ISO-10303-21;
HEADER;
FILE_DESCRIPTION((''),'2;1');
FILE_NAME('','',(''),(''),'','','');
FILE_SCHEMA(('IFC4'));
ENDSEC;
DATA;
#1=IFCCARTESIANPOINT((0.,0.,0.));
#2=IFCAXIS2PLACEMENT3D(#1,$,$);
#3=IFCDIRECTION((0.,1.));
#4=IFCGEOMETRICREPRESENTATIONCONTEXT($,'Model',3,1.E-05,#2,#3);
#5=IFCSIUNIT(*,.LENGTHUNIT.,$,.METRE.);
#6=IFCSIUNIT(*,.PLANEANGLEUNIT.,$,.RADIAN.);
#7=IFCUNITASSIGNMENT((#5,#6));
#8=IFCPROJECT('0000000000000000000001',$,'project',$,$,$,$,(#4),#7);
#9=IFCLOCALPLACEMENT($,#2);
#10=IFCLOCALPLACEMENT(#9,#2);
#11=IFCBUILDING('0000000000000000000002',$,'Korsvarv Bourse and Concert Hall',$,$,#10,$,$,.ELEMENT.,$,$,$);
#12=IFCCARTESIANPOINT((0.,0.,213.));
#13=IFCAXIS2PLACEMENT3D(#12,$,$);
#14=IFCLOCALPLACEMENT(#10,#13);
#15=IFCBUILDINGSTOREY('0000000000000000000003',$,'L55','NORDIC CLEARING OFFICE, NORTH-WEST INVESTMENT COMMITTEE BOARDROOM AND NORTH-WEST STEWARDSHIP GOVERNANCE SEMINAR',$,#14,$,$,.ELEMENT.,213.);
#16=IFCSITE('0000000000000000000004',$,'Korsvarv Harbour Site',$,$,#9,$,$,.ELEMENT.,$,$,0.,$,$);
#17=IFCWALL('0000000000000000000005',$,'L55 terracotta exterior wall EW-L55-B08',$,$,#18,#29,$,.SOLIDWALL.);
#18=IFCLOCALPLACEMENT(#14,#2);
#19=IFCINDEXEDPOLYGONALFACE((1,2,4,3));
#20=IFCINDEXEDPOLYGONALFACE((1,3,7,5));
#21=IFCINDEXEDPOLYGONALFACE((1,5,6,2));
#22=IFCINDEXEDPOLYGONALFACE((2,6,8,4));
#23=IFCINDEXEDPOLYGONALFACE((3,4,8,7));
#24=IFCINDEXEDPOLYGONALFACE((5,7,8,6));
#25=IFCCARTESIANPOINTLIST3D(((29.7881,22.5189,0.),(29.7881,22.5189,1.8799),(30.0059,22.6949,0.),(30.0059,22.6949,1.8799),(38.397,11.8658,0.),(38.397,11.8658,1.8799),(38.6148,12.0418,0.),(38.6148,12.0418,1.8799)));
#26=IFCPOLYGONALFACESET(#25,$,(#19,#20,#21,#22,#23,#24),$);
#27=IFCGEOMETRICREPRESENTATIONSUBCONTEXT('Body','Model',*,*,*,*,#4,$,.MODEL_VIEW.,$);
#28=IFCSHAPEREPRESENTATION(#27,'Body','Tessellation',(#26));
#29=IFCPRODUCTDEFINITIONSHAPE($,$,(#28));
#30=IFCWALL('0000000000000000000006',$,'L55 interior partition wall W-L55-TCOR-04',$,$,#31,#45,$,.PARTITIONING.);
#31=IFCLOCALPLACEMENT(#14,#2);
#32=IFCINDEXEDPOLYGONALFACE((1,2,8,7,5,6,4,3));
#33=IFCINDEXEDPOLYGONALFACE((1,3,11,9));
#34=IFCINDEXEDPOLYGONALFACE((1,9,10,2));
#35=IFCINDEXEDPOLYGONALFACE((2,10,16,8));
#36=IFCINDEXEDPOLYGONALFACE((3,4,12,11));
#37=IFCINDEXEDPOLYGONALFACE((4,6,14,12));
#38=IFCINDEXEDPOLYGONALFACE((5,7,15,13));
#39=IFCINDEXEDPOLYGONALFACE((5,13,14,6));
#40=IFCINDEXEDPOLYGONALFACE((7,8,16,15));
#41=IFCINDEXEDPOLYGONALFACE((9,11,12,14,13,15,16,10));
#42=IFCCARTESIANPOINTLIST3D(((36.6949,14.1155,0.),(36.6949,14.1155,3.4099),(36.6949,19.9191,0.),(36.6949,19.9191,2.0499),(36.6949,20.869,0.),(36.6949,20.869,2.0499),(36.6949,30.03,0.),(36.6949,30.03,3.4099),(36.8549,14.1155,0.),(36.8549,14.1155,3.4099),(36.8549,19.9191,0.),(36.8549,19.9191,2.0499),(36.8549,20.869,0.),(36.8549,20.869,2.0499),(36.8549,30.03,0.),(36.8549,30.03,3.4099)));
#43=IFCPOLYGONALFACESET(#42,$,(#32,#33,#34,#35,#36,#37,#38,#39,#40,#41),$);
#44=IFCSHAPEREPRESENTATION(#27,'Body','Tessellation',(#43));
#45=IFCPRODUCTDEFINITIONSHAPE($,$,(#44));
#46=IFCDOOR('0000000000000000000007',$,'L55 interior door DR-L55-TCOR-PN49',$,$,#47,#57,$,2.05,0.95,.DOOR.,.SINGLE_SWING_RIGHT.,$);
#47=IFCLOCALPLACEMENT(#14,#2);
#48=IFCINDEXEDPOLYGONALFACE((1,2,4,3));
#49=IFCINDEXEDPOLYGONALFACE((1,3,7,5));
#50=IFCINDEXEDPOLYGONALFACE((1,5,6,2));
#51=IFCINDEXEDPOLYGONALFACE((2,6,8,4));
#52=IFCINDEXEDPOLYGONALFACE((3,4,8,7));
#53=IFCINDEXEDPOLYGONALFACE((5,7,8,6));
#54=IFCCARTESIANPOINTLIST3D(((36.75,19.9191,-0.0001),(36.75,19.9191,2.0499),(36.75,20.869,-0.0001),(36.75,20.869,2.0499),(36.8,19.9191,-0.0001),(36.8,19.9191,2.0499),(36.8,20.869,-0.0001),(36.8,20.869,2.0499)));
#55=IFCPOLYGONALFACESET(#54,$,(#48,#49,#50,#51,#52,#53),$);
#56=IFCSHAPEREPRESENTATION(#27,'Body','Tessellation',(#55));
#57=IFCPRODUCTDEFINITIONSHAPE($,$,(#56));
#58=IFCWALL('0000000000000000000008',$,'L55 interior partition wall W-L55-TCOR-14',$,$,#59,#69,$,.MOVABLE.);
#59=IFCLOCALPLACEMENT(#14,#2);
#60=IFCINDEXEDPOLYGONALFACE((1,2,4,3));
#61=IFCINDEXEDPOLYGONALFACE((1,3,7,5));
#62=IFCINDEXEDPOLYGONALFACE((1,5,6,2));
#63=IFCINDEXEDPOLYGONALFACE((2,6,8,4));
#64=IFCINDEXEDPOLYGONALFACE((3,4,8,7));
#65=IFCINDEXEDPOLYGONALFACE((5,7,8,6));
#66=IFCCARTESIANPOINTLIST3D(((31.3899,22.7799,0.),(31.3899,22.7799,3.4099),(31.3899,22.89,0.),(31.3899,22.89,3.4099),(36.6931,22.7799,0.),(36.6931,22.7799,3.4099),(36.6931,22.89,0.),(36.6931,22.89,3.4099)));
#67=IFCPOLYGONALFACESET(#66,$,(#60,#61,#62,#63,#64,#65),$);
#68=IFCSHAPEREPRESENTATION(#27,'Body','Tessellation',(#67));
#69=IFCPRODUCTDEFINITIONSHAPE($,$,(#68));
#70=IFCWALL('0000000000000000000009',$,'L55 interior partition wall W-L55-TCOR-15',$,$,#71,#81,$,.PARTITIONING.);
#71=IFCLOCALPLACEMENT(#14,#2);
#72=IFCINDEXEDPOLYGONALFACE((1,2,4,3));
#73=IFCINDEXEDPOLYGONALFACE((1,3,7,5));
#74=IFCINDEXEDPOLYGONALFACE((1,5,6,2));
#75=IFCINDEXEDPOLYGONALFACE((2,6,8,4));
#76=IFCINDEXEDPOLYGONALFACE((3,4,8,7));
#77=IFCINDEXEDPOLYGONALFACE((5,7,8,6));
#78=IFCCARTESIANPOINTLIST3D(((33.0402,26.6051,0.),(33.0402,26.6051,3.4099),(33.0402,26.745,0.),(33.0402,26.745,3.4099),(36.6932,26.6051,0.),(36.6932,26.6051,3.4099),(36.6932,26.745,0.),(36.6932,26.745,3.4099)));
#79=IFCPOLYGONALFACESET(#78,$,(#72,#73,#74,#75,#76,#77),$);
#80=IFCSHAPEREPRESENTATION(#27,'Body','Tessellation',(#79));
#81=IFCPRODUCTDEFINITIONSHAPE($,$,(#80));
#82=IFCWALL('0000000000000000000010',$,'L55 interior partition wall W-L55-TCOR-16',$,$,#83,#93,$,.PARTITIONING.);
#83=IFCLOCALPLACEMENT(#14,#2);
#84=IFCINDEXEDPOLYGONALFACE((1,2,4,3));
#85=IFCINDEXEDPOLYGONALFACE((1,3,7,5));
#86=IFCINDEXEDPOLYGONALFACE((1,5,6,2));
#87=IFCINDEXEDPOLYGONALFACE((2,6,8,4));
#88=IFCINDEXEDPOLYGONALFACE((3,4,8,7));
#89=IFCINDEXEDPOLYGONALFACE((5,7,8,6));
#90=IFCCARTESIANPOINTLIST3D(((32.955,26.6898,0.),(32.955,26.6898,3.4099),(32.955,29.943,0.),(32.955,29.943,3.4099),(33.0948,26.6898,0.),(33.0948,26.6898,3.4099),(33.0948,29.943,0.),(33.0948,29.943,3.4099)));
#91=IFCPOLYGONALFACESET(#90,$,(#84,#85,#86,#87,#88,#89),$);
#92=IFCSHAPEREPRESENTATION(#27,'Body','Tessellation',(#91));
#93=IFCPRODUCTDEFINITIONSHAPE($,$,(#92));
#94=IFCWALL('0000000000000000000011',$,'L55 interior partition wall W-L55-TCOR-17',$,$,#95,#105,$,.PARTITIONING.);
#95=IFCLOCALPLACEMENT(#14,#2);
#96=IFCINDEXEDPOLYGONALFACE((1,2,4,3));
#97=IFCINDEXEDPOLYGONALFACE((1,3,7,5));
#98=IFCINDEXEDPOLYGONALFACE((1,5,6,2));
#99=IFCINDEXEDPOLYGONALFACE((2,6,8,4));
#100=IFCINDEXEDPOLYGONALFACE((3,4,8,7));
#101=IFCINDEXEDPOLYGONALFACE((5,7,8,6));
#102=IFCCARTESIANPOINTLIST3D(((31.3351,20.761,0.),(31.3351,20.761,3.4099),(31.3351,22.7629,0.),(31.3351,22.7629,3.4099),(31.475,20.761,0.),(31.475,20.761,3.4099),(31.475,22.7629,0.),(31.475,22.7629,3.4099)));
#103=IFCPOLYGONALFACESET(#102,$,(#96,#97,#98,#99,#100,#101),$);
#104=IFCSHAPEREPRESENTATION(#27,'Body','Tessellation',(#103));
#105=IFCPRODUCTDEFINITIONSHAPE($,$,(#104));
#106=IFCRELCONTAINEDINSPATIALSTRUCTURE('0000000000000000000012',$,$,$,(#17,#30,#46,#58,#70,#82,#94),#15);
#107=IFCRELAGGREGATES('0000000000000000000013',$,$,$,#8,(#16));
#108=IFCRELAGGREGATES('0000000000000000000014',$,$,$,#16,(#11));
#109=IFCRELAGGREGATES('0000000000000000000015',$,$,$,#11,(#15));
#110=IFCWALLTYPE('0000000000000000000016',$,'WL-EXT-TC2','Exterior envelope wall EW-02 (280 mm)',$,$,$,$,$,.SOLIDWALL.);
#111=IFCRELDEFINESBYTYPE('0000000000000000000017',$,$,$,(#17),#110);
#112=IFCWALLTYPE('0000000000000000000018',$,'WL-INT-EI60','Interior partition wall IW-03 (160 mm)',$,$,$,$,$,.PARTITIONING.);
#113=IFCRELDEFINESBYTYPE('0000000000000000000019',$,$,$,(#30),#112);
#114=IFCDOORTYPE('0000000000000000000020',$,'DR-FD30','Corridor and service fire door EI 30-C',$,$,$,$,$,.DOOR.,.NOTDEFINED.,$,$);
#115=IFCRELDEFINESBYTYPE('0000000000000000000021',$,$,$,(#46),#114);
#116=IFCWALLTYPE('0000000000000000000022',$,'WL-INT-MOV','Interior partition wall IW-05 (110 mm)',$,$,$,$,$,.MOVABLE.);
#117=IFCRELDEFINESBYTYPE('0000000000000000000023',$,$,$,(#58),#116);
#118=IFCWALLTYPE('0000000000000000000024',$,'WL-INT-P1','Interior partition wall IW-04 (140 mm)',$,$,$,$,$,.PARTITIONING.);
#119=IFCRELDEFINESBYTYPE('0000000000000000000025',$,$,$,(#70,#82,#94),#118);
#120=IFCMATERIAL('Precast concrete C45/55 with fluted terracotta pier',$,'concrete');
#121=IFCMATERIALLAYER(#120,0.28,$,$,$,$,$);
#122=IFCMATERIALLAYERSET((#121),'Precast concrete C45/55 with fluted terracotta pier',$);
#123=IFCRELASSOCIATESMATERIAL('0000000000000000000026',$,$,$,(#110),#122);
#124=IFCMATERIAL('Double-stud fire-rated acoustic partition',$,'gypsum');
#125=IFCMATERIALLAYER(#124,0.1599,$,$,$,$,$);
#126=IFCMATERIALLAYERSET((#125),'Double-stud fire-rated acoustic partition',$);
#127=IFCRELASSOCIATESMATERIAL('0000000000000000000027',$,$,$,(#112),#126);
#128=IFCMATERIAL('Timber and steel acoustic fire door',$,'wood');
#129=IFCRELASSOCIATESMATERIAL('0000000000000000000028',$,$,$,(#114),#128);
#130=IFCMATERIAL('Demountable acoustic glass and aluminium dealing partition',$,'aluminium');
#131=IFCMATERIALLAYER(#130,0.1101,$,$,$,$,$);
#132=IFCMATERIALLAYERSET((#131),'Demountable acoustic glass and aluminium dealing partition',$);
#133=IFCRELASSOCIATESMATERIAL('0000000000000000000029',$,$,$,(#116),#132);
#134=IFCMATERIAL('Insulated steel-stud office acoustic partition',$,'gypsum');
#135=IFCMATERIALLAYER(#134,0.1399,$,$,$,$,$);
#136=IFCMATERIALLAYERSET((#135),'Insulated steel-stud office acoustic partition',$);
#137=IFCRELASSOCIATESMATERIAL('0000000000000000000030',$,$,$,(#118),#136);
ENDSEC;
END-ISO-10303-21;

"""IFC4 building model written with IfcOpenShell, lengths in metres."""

from ifc_helpers import new_model, si_unit, direction, frame, frame_2d, origin, place, context, subcontext, project, spatial, rectangle, extrude, material, layer, layer_set, type_object, element, fill, save


model = new_model("IFC4")

# Units and contexts
model_context = context("Model", 3, precision=1e-05, world=origin(), true_north=direction((0.0, 1.0)))
body_context = subcontext(model_context, "Body", "Model", "MODEL_VIEW")
ifc_project = project(units=[si_unit("LENGTHUNIT", "METRE"), si_unit("PLANEANGLEUNIT", "RADIAN")], contexts=[model_context])

# Site, building, storey
site_placement = place(None, origin())
site = spatial("IfcSite", under=ifc_project, at=site_placement, Name="Korsvarv Harbour Site", CompositionType="ELEMENT", RefElevation=0.0)
building_placement = place(site_placement, origin())
building = spatial("IfcBuilding", under=site, at=building_placement, Name="Korsvarv Bourse and Concert Hall", CompositionType="ELEMENT")
storey_placement = place(building_placement, frame((0.0, 0.0, 213.0)))
storey = spatial("IfcBuildingStorey", under=building, at=storey_placement, Name="L55", Description="NORDIC CLEARING OFFICE, NORTH-WEST INVESTMENT COMMITTEE BOARDROOM AND NORTH-WEST STEWARDSHIP GOVERNANCE SEMINAR", CompositionType="ELEMENT", Elevation=213.0)

# Wall
ifc_material_1 = material(Name="Precast concrete C45/55 with fluted terracotta pier", Category="concrete")
ifc_layer_1 = layer(ifc_material_1, 0.28)
ifc_layer_set_1 = layer_set([ifc_layer_1], Name="Precast concrete C45/55 with fluted terracotta pier")
wall_type_1 = type_object("IfcWallType", Name="WL-EXT-TC2", Description="Exterior envelope wall EW-02 (280 mm)", PredefinedType="SOLIDWALL", material=ifc_layer_set_1)
wall_1_placement = place(storey_placement, frame((29.897, 22.6069, 0.0), z_axis=(0.0, 0.0, 1.0), x_axis=(0.628535, -0.777781, 0.0)))
element("IfcWall", 1, at=wall_1_placement, inside=storey, type_object=wall_type_1, Name="L55 terracotta exterior wall EW-L55-B08", PredefinedType="SOLIDWALL", context=body_context, shape_type="SweptSolid", body=[
    extrude(rectangle(XDim=13.6968, YDim=0.28, at=frame_2d((6.8484, 0.0))), origin(), (0.0, 0.0, 1.0), 1.8799),
])

# Wall, opening, door
ifc_material_2 = material(Name="Double-stud fire-rated acoustic partition", Category="gypsum")
ifc_layer_2 = layer(ifc_material_2, 0.1599)
ifc_layer_set_2 = layer_set([ifc_layer_2], Name="Double-stud fire-rated acoustic partition")
wall_type_2 = type_object("IfcWallType", Name="WL-INT-EI60", Description="Interior partition wall IW-03 (160 mm)", PredefinedType="PARTITIONING", material=ifc_layer_set_2)
wall_2_placement = place(storey_placement, frame((36.7749, 14.1155, 0.0), z_axis=(0.0, 0.0, 1.0), x_axis=(0.0, 1.0, 0.0)))
wall_2 = element("IfcWall", 2, at=wall_2_placement, inside=storey, type_object=wall_type_2, Name="L55 interior partition wall W-L55-TCOR-04", PredefinedType="PARTITIONING", context=body_context, shape_type="SweptSolid", body=[
    extrude(rectangle(XDim=15.9146, YDim=0.1599, at=frame_2d((7.9573, 0.0))), origin(), (0.0, 0.0, 1.0), 3.4099),
])
opening_placement = place(wall_2_placement, frame((5.8035, 0.0, 0.0)))
opening = element("IfcOpeningElement", 3, at=opening_placement, cuts=wall_2, PredefinedType="OPENING", context=body_context, shape_type="SweptSolid", body=[
    extrude(rectangle(XDim=0.95, YDim=2.05, at=frame_2d((0.4751, 1.0249))), frame((0.0, 0.0898, 0.0), z_axis=(0.0, -1.0, 0.0), x_axis=(1.0, 0.0, 0.0)), (0.0, 0.0, 1.0), 0.1799),
])
ifc_material_3 = material(Name="Timber and steel acoustic fire door", Category="wood")
door_type = type_object("IfcDoorType", Name="DR-FD30", Description="Corridor and service fire door EI 30-C", OperationType="NOTDEFINED", PredefinedType="DOOR", material=ifc_material_3)
door_placement = place(opening_placement, origin())
door = element("IfcDoor", 4, at=door_placement, inside=storey, type_object=door_type, Name="L55 interior door DR-L55-TCOR-PN49", OperationType="SINGLE_SWING_RIGHT", OverallHeight=2.05, OverallWidth=0.95, PredefinedType="DOOR", context=body_context, shape_type="SweptSolid", body=[
    extrude(rectangle(XDim=0.95, YDim=2.05, at=frame_2d((0.4751, 1.0249))), frame((0.0, 0.0249, 0.0), z_axis=(0.0, -1.0, 0.0), x_axis=(1.0, 0.0, 0.0)), (0.0, 0.0, 1.0), 0.05),
])
fill(opening, door)

# Walls
ifc_material_4 = material(Name="Demountable acoustic glass and aluminium dealing partition", Category="aluminium")
ifc_layer_3 = layer(ifc_material_4, 0.1101)
ifc_layer_set_3 = layer_set([ifc_layer_3], Name="Demountable acoustic glass and aluminium dealing partition")
wall_type_3 = type_object("IfcWallType", Name="WL-INT-MOV", Description="Interior partition wall IW-05 (110 mm)", PredefinedType="MOVABLE", material=ifc_layer_set_3)
wall_3_placement = place(storey_placement, frame((31.3899, 22.835, 0.0), z_axis=(0.0, 0.0, 1.0), x_axis=(1.0, 0.0, 0.0)))
element("IfcWall", 5, at=wall_3_placement, inside=storey, type_object=wall_type_3, Name="L55 interior partition wall W-L55-TCOR-14", PredefinedType="MOVABLE", context=body_context, shape_type="SweptSolid", body=[
    extrude(rectangle(XDim=5.3032, YDim=0.1101, at=frame_2d((2.6516, 0.0))), origin(), (0.0, 0.0, 1.0), 3.4099),
])
ifc_material_5 = material(Name="Insulated steel-stud office acoustic partition", Category="gypsum")
ifc_layer_4 = layer(ifc_material_5, 0.1399)
ifc_layer_set_4 = layer_set([ifc_layer_4], Name="Insulated steel-stud office acoustic partition")
wall_type_4 = type_object("IfcWallType", Name="WL-INT-P1", Description="Interior partition wall IW-04 (140 mm)", PredefinedType="PARTITIONING", material=ifc_layer_set_4)
wall_4_placement = place(storey_placement, frame((33.04, 26.675, 0.0), z_axis=(0.0, 0.0, 1.0), x_axis=(1.0, 0.0, 0.0)))
element("IfcWall", 6, at=wall_4_placement, inside=storey, type_object=wall_type_4, Name="L55 interior partition wall W-L55-TCOR-15", PredefinedType="PARTITIONING", context=body_context, shape_type="SweptSolid", body=[
    extrude(rectangle(XDim=3.6531, YDim=0.1399, at=frame_2d((1.8267, 0.0))), origin(), (0.0, 0.0, 1.0), 3.4099),
])
wall_5_placement = place(storey_placement, frame((33.0249, 26.6899, 0.0), z_axis=(0.0, 0.0, 1.0), x_axis=(0.0, 1.0, 0.0)))
element("IfcWall", 7, at=wall_5_placement, inside=storey, type_object=wall_type_4, Name="L55 interior partition wall W-L55-TCOR-16", PredefinedType="PARTITIONING", context=body_context, shape_type="SweptSolid", body=[
    extrude(rectangle(XDim=3.2532, YDim=0.1399, at=frame_2d((1.6265, 0.0))), origin(), (0.0, 0.0, 1.0), 3.4099),
])
wall_6_placement = place(storey_placement, frame((31.405, 20.761, 0.0), z_axis=(0.0, 0.0, 1.0), x_axis=(0.0, 1.0, 0.0)))
element("IfcWall", 8, at=wall_6_placement, inside=storey, type_object=wall_type_4, Name="L55 interior partition wall W-L55-TCOR-17", PredefinedType="PARTITIONING", context=body_context, shape_type="SweptSolid", body=[
    extrude(rectangle(XDim=2.002, YDim=0.1399, at=frame_2d((1.001, 0.0))), origin(), (0.0, 0.0, 1.0), 3.4099),
])

save(model, "model.ifc")
